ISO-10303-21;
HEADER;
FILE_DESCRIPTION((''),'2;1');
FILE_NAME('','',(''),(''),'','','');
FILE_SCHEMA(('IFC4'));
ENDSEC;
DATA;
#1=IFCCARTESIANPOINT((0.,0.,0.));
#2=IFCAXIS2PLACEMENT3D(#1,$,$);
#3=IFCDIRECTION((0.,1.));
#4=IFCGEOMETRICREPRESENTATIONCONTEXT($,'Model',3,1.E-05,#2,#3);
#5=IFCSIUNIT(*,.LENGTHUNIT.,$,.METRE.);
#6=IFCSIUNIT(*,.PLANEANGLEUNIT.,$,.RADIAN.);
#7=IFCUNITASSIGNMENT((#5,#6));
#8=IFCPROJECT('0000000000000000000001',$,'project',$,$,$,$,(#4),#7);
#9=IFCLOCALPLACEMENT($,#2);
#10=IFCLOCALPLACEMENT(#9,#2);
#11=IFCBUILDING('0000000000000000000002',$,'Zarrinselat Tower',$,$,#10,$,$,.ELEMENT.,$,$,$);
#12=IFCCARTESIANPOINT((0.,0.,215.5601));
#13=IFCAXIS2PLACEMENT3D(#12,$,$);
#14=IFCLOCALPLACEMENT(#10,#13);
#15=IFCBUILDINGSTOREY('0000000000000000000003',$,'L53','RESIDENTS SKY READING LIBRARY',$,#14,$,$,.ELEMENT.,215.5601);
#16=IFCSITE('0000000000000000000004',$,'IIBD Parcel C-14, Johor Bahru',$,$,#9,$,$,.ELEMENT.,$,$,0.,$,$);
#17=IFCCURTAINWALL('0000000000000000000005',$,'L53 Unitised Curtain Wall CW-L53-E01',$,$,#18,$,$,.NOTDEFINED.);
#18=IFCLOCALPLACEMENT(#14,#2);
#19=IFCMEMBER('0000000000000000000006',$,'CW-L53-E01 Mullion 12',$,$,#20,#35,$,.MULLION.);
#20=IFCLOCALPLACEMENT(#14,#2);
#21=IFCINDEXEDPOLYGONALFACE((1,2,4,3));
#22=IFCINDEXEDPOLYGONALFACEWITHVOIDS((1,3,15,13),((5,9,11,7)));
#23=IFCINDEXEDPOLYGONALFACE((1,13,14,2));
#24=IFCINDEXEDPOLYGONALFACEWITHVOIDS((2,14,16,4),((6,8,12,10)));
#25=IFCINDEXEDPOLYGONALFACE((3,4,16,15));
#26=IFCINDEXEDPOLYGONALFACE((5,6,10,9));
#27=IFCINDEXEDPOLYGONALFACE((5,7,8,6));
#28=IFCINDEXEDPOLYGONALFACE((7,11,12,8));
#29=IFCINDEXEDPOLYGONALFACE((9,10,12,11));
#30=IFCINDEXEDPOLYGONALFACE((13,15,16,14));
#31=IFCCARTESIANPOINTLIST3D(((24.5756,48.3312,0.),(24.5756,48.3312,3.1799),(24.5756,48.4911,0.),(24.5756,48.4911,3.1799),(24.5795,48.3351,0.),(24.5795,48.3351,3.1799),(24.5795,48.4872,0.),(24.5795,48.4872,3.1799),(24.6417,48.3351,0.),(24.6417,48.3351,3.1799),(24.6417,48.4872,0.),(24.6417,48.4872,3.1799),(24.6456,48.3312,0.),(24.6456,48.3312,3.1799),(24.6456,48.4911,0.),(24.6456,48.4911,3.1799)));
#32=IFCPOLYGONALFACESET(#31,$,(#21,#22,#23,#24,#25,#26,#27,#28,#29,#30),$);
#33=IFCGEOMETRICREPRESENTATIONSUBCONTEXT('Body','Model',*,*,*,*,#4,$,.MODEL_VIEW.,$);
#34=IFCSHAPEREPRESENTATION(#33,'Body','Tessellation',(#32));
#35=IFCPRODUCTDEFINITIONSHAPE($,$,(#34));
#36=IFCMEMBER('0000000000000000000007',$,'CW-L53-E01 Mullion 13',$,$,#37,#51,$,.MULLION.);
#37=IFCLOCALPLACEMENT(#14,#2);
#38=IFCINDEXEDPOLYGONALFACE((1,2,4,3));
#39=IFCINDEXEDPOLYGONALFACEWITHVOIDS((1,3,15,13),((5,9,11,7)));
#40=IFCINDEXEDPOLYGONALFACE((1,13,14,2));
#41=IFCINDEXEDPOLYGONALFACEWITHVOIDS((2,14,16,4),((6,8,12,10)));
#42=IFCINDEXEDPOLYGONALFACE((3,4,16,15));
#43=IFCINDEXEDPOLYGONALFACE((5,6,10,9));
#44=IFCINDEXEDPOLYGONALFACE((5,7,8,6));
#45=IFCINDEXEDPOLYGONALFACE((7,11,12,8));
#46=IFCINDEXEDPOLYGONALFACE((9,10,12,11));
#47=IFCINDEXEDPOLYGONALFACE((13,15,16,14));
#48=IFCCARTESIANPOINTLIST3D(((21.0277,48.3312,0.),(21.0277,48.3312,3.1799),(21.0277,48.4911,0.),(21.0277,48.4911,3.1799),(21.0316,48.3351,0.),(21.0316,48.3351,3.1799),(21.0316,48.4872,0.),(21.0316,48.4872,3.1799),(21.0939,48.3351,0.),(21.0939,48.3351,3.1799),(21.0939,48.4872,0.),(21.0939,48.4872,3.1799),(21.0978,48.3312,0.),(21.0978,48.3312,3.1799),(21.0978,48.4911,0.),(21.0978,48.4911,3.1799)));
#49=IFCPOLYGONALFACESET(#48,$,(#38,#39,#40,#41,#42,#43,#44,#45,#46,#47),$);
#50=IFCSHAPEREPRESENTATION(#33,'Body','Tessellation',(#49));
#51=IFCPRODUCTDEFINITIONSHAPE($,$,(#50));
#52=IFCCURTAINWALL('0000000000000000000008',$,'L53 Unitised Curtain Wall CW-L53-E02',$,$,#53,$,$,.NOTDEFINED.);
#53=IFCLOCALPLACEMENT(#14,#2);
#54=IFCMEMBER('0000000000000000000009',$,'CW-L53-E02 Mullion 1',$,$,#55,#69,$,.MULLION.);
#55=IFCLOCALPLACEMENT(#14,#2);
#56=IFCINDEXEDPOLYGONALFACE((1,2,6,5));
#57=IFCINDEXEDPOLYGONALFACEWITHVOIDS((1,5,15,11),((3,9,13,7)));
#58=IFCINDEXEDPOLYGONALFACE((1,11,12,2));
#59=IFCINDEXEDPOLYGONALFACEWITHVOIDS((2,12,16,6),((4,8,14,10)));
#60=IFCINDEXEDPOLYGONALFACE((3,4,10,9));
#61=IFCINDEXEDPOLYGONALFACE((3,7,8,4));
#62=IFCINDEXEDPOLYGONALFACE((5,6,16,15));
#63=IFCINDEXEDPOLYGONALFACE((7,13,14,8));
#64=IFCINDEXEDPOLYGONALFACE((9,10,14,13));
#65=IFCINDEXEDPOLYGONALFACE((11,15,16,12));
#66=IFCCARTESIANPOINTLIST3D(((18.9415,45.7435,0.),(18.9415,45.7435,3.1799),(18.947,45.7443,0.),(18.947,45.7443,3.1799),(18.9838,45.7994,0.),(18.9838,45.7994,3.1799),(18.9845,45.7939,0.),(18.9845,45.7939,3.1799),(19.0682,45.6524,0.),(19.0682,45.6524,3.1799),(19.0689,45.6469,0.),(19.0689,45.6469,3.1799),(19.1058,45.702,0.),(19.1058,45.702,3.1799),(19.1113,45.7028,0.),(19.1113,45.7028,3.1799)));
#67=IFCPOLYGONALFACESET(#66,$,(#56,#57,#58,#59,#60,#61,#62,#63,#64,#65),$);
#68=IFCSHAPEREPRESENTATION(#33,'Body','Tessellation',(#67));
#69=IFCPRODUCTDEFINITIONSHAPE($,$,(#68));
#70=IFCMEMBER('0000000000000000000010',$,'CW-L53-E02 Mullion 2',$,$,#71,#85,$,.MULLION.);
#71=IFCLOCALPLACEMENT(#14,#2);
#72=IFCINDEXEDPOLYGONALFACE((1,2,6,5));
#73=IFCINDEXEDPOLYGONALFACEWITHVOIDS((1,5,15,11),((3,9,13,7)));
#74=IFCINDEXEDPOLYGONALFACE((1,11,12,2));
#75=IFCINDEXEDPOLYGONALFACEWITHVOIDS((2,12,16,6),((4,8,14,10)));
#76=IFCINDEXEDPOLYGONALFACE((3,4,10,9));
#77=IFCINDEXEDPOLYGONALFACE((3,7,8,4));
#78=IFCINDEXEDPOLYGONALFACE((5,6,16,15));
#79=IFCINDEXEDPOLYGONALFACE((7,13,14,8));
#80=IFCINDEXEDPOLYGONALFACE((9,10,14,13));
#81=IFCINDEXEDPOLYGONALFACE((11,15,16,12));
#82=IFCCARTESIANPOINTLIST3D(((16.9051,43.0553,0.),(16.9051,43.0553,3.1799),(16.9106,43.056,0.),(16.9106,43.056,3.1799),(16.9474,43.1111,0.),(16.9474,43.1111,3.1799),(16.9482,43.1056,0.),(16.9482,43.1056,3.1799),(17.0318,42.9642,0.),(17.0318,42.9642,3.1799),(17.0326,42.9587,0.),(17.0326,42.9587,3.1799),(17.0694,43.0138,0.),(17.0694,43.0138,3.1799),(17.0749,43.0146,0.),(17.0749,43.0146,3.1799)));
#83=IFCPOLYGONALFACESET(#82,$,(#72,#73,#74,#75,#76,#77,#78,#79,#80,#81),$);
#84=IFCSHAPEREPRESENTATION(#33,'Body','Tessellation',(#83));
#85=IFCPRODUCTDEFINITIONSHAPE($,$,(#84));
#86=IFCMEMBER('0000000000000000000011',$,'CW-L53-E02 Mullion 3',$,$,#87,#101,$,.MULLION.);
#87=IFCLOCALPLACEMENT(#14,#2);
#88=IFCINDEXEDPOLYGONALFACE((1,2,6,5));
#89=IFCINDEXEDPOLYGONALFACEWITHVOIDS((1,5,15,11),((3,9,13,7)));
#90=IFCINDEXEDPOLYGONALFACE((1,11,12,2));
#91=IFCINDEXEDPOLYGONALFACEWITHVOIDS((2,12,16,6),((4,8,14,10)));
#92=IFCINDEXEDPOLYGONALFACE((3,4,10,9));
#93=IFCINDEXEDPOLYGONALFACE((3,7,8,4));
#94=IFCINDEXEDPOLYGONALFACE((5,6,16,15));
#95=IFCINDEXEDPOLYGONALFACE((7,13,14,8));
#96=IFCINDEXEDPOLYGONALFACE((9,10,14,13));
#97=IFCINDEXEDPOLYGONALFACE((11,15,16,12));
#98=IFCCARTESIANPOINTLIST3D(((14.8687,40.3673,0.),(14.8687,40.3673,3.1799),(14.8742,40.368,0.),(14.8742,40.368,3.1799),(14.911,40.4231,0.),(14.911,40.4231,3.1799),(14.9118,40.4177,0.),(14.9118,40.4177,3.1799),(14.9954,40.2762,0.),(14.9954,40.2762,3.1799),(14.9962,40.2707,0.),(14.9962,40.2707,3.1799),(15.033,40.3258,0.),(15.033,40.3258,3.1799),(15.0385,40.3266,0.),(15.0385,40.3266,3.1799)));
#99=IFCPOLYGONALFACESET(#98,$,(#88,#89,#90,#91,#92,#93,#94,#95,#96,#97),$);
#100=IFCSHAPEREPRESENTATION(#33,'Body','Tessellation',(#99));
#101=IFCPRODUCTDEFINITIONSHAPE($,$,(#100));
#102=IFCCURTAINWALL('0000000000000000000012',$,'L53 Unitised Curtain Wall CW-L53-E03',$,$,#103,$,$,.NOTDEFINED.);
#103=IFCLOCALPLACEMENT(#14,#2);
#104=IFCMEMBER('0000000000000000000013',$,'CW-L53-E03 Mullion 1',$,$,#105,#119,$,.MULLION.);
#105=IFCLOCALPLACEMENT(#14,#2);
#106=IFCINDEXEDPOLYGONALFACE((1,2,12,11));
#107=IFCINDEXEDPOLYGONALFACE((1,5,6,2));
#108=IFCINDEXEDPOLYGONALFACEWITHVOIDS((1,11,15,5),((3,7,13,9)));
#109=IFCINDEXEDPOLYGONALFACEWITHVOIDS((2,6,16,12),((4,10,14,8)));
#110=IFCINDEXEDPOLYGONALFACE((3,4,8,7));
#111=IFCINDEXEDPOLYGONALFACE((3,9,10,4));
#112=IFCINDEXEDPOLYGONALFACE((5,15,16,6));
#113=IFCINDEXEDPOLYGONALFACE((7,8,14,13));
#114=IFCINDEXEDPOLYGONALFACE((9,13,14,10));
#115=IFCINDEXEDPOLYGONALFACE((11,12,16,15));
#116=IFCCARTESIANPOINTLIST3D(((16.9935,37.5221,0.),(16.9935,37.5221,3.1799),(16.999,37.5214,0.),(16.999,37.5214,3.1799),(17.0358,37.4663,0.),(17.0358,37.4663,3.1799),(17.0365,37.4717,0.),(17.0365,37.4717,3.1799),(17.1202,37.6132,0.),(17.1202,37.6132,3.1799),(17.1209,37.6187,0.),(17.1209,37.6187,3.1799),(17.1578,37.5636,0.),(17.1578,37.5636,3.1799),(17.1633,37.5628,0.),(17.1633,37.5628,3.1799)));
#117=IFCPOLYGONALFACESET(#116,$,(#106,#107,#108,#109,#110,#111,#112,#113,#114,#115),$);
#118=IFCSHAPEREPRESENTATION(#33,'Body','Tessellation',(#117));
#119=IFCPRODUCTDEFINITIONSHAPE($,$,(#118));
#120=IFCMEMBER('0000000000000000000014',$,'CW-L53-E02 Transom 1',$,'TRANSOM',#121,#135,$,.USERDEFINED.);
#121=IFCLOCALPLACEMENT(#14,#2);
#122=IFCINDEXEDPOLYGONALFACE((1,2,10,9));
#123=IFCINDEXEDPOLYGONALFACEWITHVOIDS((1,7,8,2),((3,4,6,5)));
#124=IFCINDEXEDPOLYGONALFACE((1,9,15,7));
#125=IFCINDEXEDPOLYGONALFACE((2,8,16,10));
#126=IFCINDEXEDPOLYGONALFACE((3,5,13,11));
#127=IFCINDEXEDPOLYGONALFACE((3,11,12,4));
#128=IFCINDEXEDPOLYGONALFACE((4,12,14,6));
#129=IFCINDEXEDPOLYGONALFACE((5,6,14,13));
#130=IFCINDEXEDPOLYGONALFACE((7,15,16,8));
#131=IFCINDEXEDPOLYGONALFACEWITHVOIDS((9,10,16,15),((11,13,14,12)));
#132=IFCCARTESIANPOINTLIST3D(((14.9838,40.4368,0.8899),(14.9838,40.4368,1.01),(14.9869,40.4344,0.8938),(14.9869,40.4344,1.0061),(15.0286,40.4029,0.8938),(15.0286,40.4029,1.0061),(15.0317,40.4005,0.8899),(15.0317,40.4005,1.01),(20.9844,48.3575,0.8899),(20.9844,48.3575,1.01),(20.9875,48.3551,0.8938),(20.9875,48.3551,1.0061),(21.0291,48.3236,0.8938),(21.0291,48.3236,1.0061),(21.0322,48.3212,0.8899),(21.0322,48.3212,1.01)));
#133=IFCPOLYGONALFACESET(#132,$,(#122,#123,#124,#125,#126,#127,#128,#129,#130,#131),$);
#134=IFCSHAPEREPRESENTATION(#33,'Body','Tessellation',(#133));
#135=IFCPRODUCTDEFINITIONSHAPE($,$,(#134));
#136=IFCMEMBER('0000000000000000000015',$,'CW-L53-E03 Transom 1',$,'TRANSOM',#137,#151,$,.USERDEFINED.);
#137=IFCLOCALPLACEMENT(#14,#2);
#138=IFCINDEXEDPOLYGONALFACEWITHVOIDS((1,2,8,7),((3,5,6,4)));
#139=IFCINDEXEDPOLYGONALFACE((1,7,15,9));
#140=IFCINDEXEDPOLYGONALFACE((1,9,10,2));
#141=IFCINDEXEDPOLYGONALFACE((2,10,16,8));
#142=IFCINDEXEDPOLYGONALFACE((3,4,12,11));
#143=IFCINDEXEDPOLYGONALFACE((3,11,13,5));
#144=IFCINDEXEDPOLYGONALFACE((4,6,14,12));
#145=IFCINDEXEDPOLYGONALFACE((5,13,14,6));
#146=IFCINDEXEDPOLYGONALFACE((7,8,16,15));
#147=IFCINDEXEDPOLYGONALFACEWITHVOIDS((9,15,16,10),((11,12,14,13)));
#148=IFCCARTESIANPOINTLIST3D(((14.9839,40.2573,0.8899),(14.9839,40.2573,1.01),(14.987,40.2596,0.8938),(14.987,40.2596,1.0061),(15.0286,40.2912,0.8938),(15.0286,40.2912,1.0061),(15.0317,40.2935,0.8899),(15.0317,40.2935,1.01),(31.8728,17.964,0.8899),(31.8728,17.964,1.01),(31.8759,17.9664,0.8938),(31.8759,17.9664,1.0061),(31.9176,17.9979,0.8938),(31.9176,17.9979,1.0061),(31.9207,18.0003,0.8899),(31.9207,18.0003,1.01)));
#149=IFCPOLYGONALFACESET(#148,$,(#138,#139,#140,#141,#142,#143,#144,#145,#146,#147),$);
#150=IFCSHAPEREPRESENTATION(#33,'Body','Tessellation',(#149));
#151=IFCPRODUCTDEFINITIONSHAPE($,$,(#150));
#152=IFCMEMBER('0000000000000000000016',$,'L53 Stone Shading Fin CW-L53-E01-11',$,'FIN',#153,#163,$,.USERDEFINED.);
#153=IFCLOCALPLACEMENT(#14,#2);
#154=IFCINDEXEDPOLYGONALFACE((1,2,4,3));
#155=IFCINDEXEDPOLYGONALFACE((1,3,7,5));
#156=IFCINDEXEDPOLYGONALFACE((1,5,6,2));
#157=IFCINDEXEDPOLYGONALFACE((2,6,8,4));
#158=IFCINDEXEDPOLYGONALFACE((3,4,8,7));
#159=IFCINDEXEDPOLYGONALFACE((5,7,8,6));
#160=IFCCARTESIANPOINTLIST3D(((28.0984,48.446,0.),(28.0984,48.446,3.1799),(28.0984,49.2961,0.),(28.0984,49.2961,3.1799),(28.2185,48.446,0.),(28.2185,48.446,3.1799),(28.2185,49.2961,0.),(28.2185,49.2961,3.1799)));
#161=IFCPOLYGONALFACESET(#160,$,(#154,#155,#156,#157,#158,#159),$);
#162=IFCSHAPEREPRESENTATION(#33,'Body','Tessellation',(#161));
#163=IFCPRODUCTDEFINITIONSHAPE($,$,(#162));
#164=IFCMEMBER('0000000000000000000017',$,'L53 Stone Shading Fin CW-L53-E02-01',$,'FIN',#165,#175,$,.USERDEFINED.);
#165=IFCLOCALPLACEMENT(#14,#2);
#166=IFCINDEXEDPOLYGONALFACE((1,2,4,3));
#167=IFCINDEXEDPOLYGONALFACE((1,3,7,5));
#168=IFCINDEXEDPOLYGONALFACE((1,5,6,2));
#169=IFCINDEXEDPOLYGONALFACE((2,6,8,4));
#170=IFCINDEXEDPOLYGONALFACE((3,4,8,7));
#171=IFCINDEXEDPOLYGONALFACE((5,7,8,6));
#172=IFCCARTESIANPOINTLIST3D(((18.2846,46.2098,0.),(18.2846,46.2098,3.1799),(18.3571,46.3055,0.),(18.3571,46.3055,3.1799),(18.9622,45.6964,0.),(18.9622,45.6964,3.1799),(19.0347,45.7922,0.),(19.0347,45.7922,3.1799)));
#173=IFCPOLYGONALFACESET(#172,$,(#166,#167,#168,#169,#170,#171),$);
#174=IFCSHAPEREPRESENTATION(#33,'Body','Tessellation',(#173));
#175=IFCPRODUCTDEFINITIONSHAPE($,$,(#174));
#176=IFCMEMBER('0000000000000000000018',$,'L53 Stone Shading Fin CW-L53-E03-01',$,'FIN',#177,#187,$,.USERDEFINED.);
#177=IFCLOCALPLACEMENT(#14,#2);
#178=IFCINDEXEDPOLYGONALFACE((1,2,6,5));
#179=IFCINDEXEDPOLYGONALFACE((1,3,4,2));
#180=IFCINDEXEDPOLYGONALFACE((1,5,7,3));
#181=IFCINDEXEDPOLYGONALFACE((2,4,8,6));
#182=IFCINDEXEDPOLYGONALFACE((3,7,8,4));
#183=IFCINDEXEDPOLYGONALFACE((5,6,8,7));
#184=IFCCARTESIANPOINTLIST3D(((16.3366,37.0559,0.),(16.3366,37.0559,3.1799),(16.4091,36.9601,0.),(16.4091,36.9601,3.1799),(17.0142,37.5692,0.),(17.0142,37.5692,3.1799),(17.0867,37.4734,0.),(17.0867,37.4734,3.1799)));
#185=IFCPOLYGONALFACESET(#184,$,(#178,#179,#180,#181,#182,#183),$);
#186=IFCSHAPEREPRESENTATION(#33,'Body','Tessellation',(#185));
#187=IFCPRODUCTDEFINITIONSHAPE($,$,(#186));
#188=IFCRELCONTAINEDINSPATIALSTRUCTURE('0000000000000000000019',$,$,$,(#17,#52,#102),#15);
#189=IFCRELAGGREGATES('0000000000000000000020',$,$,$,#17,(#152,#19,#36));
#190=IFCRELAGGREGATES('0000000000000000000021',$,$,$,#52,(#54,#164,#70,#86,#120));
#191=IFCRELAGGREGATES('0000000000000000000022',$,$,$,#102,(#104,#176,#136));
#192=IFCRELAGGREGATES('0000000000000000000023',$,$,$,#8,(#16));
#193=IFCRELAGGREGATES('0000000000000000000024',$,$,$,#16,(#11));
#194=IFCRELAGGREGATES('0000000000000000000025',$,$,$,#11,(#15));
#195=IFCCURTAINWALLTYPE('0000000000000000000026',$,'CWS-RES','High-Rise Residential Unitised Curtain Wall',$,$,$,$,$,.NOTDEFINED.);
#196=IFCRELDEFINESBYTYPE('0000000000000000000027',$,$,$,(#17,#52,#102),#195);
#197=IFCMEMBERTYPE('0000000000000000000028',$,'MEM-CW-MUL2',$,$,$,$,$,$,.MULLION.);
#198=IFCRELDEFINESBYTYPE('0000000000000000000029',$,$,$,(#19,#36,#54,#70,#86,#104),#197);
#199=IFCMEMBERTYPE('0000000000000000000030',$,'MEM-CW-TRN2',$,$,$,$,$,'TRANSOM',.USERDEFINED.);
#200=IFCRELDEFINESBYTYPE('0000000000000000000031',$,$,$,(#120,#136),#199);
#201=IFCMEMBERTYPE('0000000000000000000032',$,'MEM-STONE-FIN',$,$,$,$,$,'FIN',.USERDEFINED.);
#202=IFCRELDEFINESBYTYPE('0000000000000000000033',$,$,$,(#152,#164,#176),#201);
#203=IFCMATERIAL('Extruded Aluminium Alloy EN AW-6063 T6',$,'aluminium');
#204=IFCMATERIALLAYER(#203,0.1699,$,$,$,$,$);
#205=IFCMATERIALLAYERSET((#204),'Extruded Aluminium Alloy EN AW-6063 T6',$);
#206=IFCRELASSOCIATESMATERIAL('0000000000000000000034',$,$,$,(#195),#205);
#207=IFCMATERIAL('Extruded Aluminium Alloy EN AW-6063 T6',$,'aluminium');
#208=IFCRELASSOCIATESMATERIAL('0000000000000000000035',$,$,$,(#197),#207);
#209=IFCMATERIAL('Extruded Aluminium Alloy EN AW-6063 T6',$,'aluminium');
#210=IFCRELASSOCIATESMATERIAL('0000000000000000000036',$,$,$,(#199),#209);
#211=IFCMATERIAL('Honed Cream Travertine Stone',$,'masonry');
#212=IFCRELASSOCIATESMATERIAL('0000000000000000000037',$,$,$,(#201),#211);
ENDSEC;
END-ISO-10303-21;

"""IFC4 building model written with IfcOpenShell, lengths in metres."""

from ifc_helpers import new_model, si_unit, direction, frame, origin, origin_2d, place, context, subcontext, project, spatial, rectangle, hollow_rectangle, extrude, material, layer, layer_set, material_profile, profile_set, type_object, element, aggregate, save


model = new_model("IFC4")

# Units and contexts
model_context = context("Model", 3, precision=1e-05, world=origin(), true_north=direction((0.0, 1.0)))
body_context = subcontext(model_context, "Body", "Model", "MODEL_VIEW")
ifc_project = project(units=[si_unit("LENGTHUNIT", "METRE"), si_unit("PLANEANGLEUNIT", "RADIAN")], contexts=[model_context])

# Site, building, storey
site_placement = place(None, origin())
site = spatial("IfcSite", under=ifc_project, at=site_placement, Name="IIBD Parcel C-14, Johor Bahru", CompositionType="ELEMENT", RefElevation=0.0)
building_placement = place(site_placement, origin())
building = spatial("IfcBuilding", under=site, at=building_placement, Name="Zarrinselat Tower", CompositionType="ELEMENT")
storey_placement = place(building_placement, frame((0.0, 0.0, 215.5601)))
storey = spatial("IfcBuildingStorey", under=building, at=storey_placement, Name="L53", Description="RESIDENTS SKY READING LIBRARY", CompositionType="ELEMENT", Elevation=215.5601)

# Curtain walls, members
ifc_material_1 = material(Name="Extruded Aluminium Alloy EN AW-6063 T6", Category="aluminium")
ifc_layer_1 = layer(ifc_material_1, 0.1699)
ifc_layer_set_1 = layer_set([ifc_layer_1], Name="Extruded Aluminium Alloy EN AW-6063 T6")
curtain_wall_type = type_object("IfcCurtainWallType", Name="CWS-RES", Description="High-Rise Residential Unitised Curtain Wall", PredefinedType="NOTDEFINED", material=ifc_layer_set_1)
curtain_wall_1_placement = place(storey_placement, origin())
curtain_wall_1 = element("IfcCurtainWall", 1, at=curtain_wall_1_placement, inside=storey, type_object=curtain_wall_type, Name="L53 Unitised Curtain Wall CW-L53-E01", PredefinedType="NOTDEFINED")
ifc_material_2 = material(Name="Extruded Aluminium Alloy EN AW-6063 T6", Category="aluminium")
ifc_material_profile_1 = material_profile(ifc_material_2, hollow_rectangle(XDim=0.0701, YDim=0.1599, WallThickness=0.0039, at=origin_2d()), Name="RHS 160x70x4")
ifc_profile_set_1 = profile_set([ifc_material_profile_1], Name="Extruded Aluminium Alloy EN AW-6063 T6")
member_type_1 = type_object("IfcMemberType", Name="MEM-CW-MUL2", PredefinedType="MULLION", material=ifc_profile_set_1)
member_1_placement = place(storey_placement, frame((24.6106, 48.4111, 0.0), z_axis=(0.0, 0.0, 1.0), x_axis=(-1.0, 0.0, 0.0)))
member_1 = element("IfcMember", 2, at=member_1_placement, type_object=member_type_1, Name="CW-L53-E01 Mullion 12", PredefinedType="MULLION", context=body_context, shape_type="SweptSolid", body=[
    extrude(hollow_rectangle(XDim=0.0701, YDim=0.1599, WallThickness=0.0039, at=origin_2d()), origin(), (0.0, 0.0, 1.0), 3.1799),
])
member_2_placement = place(storey_placement, frame((21.0627, 48.4111, 0.0), z_axis=(0.0, 0.0, 1.0), x_axis=(-1.0, 0.0, 0.0)))
member_2 = element("IfcMember", 3, at=member_2_placement, type_object=member_type_1, Name="CW-L53-E01 Mullion 13", PredefinedType="MULLION", context=body_context, shape_type="SweptSolid", body=[
    extrude(hollow_rectangle(XDim=0.0701, YDim=0.1599, WallThickness=0.0039, at=origin_2d()), origin(), (0.0, 0.0, 1.0), 3.1799),
])
curtain_wall_2_placement = place(storey_placement, origin())
curtain_wall_2 = element("IfcCurtainWall", 4, at=curtain_wall_2_placement, inside=storey, type_object=curtain_wall_type, Name="L53 Unitised Curtain Wall CW-L53-E02", PredefinedType="NOTDEFINED")
member_3_placement = place(storey_placement, frame((19.0264, 45.7231, 0.0), z_axis=(0.0, 0.0, 1.0), x_axis=(-0.603854, -0.797095, 0.0)))
member_3 = element("IfcMember", 5, at=member_3_placement, type_object=member_type_1, Name="CW-L53-E02 Mullion 1", PredefinedType="MULLION", context=body_context, shape_type="SweptSolid", body=[
    extrude(hollow_rectangle(XDim=0.0701, YDim=0.1599, WallThickness=0.0039, at=origin_2d()), origin(), (0.0, 0.0, 1.0), 3.1799),
])
member_4_placement = place(storey_placement, frame((16.99, 43.0349, 0.0), z_axis=(0.0, 0.0, 1.0), x_axis=(-0.603854, -0.797095, 0.0)))
member_4 = element("IfcMember", 6, at=member_4_placement, type_object=member_type_1, Name="CW-L53-E02 Mullion 2", PredefinedType="MULLION", context=body_context, shape_type="SweptSolid", body=[
    extrude(hollow_rectangle(XDim=0.0701, YDim=0.1599, WallThickness=0.0039, at=origin_2d()), origin(), (0.0, 0.0, 1.0), 3.1799),
])
member_5_placement = place(storey_placement, frame((14.9536, 40.3469, 0.0), z_axis=(0.0, 0.0, 1.0), x_axis=(-0.603854, -0.797095, 0.0)))
member_5 = element("IfcMember", 7, at=member_5_placement, type_object=member_type_1, Name="CW-L53-E02 Mullion 3", PredefinedType="MULLION", context=body_context, shape_type="SweptSolid", body=[
    extrude(hollow_rectangle(XDim=0.0701, YDim=0.1599, WallThickness=0.0039, at=origin_2d()), origin(), (0.0, 0.0, 1.0), 3.1799),
])

# Curtain wall, member
curtain_wall_3_placement = place(storey_placement, origin())
curtain_wall_3 = element("IfcCurtainWall", 8, at=curtain_wall_3_placement, inside=storey, type_object=curtain_wall_type, Name="L53 Unitised Curtain Wall CW-L53-E03", PredefinedType="NOTDEFINED")
member_6_placement = place(storey_placement, frame((17.0784, 37.5425, 0.0), z_axis=(0.0, 0.0, 1.0), x_axis=(0.603859, -0.797091, 0.0)))
member_6 = element("IfcMember", 9, at=member_6_placement, type_object=member_type_1, Name="CW-L53-E03 Mullion 1", PredefinedType="MULLION", context=body_context, shape_type="SweptSolid", body=[
    extrude(hollow_rectangle(XDim=0.0701, YDim=0.1599, WallThickness=0.0039, at=origin_2d()), origin(), (0.0, 0.0, 1.0), 3.1799),
])

# Members
ifc_material_3 = material(Name="Extruded Aluminium Alloy EN AW-6063 T6", Category="aluminium")
ifc_material_profile_2 = material_profile(ifc_material_3, hollow_rectangle(XDim=0.0601, YDim=0.1201, WallThickness=0.0039, at=origin_2d()), Name="RHS 120x60x4")
ifc_profile_set_2 = profile_set([ifc_material_profile_2], Name="Extruded Aluminium Alloy EN AW-6063 T6")
member_type_2 = type_object("IfcMemberType", Name="MEM-CW-TRN2", ElementType="TRANSOM", PredefinedType="USERDEFINED", material=ifc_profile_set_2)
member_7_placement = place(storey_placement, frame((21.0083, 48.3394, 0.95), z_axis=(-0.603857, -0.797093, 0.0), x_axis=(0.797093, -0.603857, 0.0)))
member_7 = element("IfcMember", 10, at=member_7_placement, type_object=member_type_2, Name="CW-L53-E02 Transom 1", ObjectType="TRANSOM", PredefinedType="USERDEFINED", context=body_context, shape_type="SweptSolid", body=[
    extrude(hollow_rectangle(XDim=0.0601, YDim=0.1201, WallThickness=0.0039, at=origin_2d()), origin(), (0.0, 0.0, 1.0), 9.937),
])
member_8_placement = place(storey_placement, frame((15.0078, 40.2754, 0.95), z_axis=(0.60386, -0.79709, 0.0), x_axis=(0.79709, 0.60386, 0.0)))
member_8 = element("IfcMember", 11, at=member_8_placement, type_object=member_type_2, Name="CW-L53-E03 Transom 1", ObjectType="TRANSOM", PredefinedType="USERDEFINED", context=body_context, shape_type="SweptSolid", body=[
    extrude(hollow_rectangle(XDim=0.0601, YDim=0.1201, WallThickness=0.0039, at=origin_2d()), origin(), (0.0, 0.0, 1.0), 27.9683),
])
ifc_material_4 = material(Name="Honed Cream Travertine Stone", Category="masonry")
ifc_material_profile_3 = material_profile(ifc_material_4, rectangle(XDim=0.1201, YDim=0.8501, at=origin_2d()), Name="FIN 850x120")
ifc_profile_set_3 = profile_set([ifc_material_profile_3], Name="Honed Cream Travertine Stone")
member_type_3 = type_object("IfcMemberType", Name="MEM-STONE-FIN", ElementType="FIN", PredefinedType="USERDEFINED", material=ifc_profile_set_3)
member_9_placement = place(storey_placement, frame((28.1584, 48.8711, 0.0), z_axis=(0.0, 0.0, 1.0), x_axis=(1.0, 0.0, 0.0)))
member_9 = element("IfcMember", 12, at=member_9_placement, type_object=member_type_3, Name="L53 Stone Shading Fin CW-L53-E01-11", ObjectType="FIN", PredefinedType="USERDEFINED", context=body_context, shape_type="SweptSolid", body=[
    extrude(rectangle(XDim=0.1201, YDim=0.8501, at=origin_2d()), origin(), (0.0, 0.0, 1.0), 3.1799),
])
member_10_placement = place(storey_placement, frame((18.6597, 46.001, 0.0), z_axis=(0.0, 0.0, 1.0), x_axis=(0.603854, 0.797095, 0.0)))
member_10 = element("IfcMember", 13, at=member_10_placement, type_object=member_type_3, Name="L53 Stone Shading Fin CW-L53-E02-01", ObjectType="FIN", PredefinedType="USERDEFINED", context=body_context, shape_type="SweptSolid", body=[
    extrude(rectangle(XDim=0.1201, YDim=0.8501, at=origin_2d()), origin(), (0.0, 0.0, 1.0), 3.1799),
])
member_11_placement = place(storey_placement, frame((16.7117, 37.2646, 0.0), z_axis=(0.0, 0.0, 1.0), x_axis=(-0.603859, 0.797091, 0.0)))
member_11 = element("IfcMember", 14, at=member_11_placement, type_object=member_type_3, Name="L53 Stone Shading Fin CW-L53-E03-01", ObjectType="FIN", PredefinedType="USERDEFINED", context=body_context, shape_type="SweptSolid", body=[
    extrude(rectangle(XDim=0.1201, YDim=0.8501, at=origin_2d()), origin(), (0.0, 0.0, 1.0), 3.1799),
])

aggregate(curtain_wall_1, [member_9, member_1, member_2])
aggregate(curtain_wall_2, [member_3, member_10, member_4, member_5, member_7])
aggregate(curtain_wall_3, [member_6, member_11, member_8])

save(model, "model.ifc")
